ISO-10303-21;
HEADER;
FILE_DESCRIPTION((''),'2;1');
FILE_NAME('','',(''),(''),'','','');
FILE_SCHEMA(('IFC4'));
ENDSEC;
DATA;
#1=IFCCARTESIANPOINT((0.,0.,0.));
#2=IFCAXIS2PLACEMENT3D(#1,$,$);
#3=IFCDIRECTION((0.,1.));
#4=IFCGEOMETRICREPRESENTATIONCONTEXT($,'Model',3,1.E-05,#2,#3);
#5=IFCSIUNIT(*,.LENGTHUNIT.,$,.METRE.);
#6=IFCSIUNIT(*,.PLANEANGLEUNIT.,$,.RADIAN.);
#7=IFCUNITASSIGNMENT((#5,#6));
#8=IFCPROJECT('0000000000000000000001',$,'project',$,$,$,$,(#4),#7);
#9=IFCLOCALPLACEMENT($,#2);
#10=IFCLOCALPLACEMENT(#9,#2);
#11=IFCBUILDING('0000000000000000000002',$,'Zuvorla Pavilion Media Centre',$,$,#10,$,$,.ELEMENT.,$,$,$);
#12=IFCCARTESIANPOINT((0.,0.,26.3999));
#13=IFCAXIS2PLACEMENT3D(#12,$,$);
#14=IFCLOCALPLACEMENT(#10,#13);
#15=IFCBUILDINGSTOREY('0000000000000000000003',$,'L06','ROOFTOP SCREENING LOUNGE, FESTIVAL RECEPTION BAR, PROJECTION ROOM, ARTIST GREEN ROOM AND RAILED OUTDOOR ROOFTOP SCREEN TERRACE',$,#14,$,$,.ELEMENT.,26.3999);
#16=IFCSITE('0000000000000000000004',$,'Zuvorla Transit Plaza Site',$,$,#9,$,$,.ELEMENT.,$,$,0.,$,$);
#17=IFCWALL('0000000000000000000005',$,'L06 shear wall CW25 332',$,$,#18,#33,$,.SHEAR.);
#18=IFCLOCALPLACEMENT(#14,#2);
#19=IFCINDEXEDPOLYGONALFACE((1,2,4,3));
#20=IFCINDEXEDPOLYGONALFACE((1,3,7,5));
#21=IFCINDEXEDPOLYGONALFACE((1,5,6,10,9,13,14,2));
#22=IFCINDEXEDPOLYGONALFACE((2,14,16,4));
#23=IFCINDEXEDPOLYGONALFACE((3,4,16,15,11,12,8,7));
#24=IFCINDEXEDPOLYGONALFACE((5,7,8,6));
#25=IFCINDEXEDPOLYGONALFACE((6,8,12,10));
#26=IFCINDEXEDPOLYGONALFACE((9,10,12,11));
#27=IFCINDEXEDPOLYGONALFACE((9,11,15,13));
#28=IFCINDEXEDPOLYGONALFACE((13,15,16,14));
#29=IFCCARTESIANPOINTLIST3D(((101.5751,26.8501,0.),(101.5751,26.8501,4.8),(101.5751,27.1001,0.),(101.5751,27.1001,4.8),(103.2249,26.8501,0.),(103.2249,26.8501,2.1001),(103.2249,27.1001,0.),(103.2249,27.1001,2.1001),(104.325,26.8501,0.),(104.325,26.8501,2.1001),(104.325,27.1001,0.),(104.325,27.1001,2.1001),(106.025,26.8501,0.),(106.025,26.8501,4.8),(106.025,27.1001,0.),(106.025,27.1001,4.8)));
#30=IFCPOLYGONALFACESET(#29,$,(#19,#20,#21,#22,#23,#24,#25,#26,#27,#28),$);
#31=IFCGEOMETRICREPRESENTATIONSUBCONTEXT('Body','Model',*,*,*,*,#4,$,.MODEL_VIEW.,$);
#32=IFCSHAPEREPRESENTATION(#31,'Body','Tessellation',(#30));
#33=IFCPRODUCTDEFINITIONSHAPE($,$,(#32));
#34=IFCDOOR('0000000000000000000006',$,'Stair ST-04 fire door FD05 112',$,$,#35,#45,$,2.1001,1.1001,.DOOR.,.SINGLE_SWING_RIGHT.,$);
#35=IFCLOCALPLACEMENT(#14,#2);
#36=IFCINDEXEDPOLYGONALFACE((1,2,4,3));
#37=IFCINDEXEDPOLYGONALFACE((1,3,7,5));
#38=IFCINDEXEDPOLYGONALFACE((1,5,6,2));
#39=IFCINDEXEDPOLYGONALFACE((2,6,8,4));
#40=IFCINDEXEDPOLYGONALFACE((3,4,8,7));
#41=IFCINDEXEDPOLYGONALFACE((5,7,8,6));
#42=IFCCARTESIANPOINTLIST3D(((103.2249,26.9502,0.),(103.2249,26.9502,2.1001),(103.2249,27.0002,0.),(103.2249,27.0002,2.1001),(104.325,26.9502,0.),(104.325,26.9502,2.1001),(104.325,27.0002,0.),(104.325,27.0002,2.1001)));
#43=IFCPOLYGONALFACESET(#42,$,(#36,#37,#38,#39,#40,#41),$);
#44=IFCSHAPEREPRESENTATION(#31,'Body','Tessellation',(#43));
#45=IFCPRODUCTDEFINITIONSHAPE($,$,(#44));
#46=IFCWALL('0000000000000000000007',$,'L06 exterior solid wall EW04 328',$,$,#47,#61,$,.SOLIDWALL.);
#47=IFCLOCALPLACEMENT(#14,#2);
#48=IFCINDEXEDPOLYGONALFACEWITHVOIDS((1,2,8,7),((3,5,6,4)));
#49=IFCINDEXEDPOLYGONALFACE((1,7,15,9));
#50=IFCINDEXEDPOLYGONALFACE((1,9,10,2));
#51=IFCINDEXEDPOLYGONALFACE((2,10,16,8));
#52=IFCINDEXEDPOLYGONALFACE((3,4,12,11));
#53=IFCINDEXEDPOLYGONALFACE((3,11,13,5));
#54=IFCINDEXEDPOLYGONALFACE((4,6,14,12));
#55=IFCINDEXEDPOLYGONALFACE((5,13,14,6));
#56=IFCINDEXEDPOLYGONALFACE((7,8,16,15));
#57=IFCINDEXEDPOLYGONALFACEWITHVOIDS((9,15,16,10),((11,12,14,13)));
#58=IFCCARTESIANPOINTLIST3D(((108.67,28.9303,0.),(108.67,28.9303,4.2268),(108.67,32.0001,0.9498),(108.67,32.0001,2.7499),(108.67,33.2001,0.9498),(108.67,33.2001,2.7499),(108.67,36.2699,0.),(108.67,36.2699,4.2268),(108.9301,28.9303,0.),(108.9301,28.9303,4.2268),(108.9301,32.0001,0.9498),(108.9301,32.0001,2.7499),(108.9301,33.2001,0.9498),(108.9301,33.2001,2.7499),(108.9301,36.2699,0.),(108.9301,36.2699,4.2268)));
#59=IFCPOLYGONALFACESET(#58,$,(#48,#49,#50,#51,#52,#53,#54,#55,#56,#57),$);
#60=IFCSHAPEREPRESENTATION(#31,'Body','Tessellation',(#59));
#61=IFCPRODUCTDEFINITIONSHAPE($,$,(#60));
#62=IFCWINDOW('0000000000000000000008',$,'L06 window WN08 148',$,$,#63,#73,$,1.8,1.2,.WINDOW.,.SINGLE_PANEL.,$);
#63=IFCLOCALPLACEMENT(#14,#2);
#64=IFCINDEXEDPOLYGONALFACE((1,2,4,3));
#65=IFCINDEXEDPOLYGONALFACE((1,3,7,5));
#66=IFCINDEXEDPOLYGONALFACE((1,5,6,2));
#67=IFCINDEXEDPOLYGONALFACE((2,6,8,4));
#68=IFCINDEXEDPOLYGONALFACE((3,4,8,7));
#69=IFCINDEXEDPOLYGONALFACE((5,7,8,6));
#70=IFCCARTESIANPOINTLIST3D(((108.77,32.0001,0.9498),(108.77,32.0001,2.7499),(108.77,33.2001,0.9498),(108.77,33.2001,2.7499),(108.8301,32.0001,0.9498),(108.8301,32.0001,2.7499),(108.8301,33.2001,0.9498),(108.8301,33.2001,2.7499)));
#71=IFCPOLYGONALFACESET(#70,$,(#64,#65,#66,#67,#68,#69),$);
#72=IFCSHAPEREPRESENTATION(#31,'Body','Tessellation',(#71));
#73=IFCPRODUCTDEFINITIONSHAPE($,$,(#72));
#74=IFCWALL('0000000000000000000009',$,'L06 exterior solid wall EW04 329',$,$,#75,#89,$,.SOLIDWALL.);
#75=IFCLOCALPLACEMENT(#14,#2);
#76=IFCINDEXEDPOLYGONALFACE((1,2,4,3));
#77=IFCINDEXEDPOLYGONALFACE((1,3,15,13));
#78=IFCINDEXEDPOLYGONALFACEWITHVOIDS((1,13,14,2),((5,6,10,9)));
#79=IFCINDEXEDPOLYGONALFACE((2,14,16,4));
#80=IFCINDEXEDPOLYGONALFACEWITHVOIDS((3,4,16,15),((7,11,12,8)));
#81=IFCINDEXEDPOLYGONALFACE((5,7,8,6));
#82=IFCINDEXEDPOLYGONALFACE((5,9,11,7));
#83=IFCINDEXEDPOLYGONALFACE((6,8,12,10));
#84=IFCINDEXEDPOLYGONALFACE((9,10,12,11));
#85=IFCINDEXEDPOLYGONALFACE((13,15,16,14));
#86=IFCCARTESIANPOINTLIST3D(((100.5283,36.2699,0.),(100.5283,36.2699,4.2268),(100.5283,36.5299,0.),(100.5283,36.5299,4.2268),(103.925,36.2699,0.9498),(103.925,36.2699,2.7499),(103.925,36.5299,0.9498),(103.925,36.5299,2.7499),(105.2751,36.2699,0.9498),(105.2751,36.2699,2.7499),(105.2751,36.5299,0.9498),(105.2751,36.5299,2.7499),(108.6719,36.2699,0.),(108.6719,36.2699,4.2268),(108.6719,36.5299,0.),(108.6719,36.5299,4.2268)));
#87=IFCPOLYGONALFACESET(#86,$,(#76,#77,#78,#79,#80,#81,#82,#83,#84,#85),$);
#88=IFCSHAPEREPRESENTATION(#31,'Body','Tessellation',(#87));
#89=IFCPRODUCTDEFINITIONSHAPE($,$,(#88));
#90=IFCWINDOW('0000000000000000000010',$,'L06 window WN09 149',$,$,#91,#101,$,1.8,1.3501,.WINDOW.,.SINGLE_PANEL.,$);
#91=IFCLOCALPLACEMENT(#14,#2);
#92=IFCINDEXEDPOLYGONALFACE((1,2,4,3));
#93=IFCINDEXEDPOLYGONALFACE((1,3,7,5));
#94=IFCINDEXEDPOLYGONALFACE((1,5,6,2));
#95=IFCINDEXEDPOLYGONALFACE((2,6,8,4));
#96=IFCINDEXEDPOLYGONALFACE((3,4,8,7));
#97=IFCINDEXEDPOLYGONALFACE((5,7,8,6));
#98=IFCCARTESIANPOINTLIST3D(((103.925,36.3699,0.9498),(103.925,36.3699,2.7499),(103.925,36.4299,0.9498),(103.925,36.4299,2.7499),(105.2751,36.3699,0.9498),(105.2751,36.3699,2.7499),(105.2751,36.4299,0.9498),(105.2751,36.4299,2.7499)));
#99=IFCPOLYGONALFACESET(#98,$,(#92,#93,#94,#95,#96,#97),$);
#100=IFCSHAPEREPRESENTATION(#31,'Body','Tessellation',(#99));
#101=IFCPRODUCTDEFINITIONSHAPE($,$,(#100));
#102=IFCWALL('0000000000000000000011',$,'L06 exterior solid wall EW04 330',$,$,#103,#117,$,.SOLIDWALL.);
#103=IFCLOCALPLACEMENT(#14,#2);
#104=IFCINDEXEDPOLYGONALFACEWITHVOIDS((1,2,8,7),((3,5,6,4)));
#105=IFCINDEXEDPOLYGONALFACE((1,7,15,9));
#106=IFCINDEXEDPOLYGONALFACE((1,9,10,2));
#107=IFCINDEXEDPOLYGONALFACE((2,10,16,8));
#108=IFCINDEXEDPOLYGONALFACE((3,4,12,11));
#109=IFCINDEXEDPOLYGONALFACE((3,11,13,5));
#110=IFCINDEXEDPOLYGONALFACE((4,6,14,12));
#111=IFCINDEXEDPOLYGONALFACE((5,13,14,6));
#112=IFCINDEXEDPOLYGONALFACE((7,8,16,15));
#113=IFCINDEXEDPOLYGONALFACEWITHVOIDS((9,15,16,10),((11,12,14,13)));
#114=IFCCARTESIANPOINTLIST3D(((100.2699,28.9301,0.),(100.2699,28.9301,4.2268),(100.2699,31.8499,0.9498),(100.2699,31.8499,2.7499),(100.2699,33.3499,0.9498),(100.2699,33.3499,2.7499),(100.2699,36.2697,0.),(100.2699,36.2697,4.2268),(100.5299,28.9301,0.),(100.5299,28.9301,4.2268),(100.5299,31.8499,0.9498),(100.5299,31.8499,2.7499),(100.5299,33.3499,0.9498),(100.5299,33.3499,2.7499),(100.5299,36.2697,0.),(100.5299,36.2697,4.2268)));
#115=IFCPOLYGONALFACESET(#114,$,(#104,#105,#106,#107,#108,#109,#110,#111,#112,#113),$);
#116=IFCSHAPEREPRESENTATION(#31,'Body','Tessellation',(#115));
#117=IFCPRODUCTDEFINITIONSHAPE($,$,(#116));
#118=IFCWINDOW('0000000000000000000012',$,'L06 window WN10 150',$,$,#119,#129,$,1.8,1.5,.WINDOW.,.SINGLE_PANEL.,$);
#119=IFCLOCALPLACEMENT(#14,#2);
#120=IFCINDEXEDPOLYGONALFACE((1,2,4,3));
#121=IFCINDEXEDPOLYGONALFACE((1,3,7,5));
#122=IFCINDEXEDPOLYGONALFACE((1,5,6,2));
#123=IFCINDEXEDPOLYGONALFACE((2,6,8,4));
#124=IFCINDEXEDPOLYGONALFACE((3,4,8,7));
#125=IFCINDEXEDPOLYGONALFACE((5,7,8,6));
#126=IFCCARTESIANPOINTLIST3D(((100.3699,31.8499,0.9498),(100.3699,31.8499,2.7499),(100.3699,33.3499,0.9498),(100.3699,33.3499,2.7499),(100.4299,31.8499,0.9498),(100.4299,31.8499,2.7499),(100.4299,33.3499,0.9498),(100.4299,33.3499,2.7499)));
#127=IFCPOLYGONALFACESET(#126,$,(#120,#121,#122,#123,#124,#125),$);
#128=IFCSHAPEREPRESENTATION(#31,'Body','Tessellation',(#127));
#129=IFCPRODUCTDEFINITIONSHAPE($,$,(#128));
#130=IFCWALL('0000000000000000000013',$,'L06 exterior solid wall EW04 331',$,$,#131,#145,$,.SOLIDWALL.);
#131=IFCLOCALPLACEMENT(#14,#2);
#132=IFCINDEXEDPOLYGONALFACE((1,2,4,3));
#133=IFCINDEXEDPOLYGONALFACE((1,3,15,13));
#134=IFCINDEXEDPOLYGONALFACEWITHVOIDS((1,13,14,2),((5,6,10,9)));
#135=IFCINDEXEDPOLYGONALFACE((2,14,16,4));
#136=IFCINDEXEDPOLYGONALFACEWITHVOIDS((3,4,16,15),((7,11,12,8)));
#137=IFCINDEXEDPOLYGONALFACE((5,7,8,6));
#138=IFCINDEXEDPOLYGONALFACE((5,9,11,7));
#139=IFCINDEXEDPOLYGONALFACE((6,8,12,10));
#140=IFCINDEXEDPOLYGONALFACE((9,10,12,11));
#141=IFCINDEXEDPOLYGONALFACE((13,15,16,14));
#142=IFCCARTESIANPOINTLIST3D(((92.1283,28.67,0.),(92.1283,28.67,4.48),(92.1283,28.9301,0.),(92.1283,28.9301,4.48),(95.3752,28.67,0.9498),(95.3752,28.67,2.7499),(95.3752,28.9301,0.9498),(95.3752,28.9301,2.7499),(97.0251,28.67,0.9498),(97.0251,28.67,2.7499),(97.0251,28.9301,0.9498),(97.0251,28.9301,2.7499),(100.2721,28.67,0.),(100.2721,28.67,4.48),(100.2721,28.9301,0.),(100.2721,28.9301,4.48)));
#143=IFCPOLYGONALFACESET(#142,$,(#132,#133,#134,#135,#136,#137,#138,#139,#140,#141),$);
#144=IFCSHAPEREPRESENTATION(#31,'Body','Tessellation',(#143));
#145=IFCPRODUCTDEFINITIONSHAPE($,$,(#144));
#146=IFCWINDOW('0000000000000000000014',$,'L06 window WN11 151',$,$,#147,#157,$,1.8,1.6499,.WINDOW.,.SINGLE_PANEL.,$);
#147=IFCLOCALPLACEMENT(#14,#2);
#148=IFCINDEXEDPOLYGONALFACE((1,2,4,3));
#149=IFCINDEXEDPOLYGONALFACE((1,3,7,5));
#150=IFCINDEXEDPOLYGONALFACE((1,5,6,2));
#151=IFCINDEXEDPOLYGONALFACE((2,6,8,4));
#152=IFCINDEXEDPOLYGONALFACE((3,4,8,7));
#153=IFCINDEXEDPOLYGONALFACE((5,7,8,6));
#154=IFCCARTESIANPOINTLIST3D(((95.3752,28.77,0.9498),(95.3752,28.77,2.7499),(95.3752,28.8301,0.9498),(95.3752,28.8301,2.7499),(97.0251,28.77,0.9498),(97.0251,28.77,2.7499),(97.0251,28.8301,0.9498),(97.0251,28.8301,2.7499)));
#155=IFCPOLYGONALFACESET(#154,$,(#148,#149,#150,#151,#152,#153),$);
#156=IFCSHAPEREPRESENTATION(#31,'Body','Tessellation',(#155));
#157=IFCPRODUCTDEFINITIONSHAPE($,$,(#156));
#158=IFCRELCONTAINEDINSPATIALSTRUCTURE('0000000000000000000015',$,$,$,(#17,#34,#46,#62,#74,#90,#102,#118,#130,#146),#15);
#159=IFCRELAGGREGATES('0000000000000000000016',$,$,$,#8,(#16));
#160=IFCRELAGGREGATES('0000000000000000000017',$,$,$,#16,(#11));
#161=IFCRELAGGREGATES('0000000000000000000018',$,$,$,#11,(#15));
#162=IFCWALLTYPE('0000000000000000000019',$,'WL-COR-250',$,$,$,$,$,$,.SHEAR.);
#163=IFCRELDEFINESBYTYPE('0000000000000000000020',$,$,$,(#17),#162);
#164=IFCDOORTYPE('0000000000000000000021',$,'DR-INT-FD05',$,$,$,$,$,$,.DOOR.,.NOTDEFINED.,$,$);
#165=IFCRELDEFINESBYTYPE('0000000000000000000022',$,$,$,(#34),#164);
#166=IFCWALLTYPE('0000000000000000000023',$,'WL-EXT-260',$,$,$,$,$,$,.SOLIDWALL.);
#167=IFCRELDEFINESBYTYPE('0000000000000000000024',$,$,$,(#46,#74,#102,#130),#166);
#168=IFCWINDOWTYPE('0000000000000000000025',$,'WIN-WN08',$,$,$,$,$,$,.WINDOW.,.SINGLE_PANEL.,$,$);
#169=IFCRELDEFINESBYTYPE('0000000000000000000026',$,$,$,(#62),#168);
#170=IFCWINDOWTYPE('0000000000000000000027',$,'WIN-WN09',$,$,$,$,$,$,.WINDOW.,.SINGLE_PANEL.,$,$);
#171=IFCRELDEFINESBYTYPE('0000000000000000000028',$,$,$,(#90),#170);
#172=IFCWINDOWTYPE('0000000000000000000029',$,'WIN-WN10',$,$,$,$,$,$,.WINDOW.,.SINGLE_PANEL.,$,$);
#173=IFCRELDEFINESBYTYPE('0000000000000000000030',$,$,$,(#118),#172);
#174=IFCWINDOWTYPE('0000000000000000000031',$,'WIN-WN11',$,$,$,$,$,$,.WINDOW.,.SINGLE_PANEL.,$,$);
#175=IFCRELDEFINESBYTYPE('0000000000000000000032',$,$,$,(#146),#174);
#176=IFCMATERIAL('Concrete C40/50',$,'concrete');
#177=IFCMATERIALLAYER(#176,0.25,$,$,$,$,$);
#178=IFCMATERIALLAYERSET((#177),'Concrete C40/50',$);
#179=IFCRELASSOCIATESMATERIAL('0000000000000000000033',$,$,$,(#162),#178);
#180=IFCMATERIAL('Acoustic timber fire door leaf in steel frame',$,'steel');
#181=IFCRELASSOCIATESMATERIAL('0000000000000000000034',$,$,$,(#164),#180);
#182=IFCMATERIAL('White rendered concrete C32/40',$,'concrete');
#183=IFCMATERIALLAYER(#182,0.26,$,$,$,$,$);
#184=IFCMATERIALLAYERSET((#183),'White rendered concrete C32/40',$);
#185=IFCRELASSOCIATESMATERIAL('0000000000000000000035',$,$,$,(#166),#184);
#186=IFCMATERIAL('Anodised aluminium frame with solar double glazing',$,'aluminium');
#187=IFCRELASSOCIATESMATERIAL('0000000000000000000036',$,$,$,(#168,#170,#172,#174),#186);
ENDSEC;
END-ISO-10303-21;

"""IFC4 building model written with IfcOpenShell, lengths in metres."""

from ifc_helpers import new_model, si_unit, direction, frame, frame_2d, origin, place, context, subcontext, project, spatial, rectangle, extrude, material, layer, layer_set, type_object, element, fill, save


model = new_model("IFC4")

# Units and contexts
model_context = context("Model", 3, precision=1e-05, world=origin(), true_north=direction((0.0, 1.0)))
body_context = subcontext(model_context, "Body", "Model", "MODEL_VIEW")
ifc_project = project(units=[si_unit("LENGTHUNIT", "METRE"), si_unit("PLANEANGLEUNIT", "RADIAN")], contexts=[model_context])

# Site, building, storey
site_placement = place(None, origin())
site = spatial("IfcSite", under=ifc_project, at=site_placement, Name="Zuvorla Transit Plaza Site", CompositionType="ELEMENT", RefElevation=0.0)
building_placement = place(site_placement, origin())
building = spatial("IfcBuilding", under=site, at=building_placement, Name="Zuvorla Pavilion Media Centre", CompositionType="ELEMENT")
storey_placement = place(building_placement, frame((0.0, 0.0, 26.3999)))
storey = spatial("IfcBuildingStorey", under=building, at=storey_placement, Name="L06", Description="ROOFTOP SCREENING LOUNGE, FESTIVAL RECEPTION BAR, PROJECTION ROOM, ARTIST GREEN ROOM AND RAILED OUTDOOR ROOFTOP SCREEN TERRACE", CompositionType="ELEMENT", Elevation=26.3999)

# Shared definitions
ifc_material_1 = material(Name="Concrete C40/50", Category="concrete")

# Shared definitions
ifc_layer_1 = layer(ifc_material_1, 0.25)
ifc_layer_set_1 = layer_set([ifc_layer_1], Name="Concrete C40/50")
wall_type_1 = type_object("IfcWallType", Name="WL-COR-250", PredefinedType="SHEAR", material=ifc_layer_set_1)

# Wall, opening, door
wall_1_placement = place(storey_placement, frame((101.575, 26.9751, 0.0), z_axis=(0.0, 0.0, 1.0), x_axis=(1.0, 0.0, 0.0)))
wall_1 = element("IfcWall", 1, at=wall_1_placement, inside=storey, type_object=wall_type_1, Name="L06 shear wall CW25 332", PredefinedType="SHEAR", context=body_context, shape_type="SweptSolid", body=[
    extrude(rectangle(XDim=4.45, YDim=0.25, at=frame_2d((2.2251, 0.0))), origin(), (0.0, 0.0, 1.0), 4.8),
])
opening_1_placement = place(wall_1_placement, frame((1.6499, 0.0, 0.0)))
opening_1 = element("IfcOpeningElement", 2, at=opening_1_placement, cuts=wall_1, PredefinedType="OPENING", context=body_context, shape_type="SweptSolid", body=[
    extrude(rectangle(XDim=1.1001, YDim=2.1001, at=frame_2d((0.55, 1.05))), frame((0.0, 0.135, 0.0), z_axis=(0.0, -1.0, 0.0), x_axis=(1.0, 0.0, 0.0)), (0.0, 0.0, 1.0), 0.27),
])
ifc_material_2 = material(Name="Acoustic timber fire door leaf in steel frame", Category="steel")
door_type = type_object("IfcDoorType", Name="DR-INT-FD05", OperationType="NOTDEFINED", PredefinedType="DOOR", material=ifc_material_2)
door_placement = place(opening_1_placement, frame((1.1001, 0.0, 0.0), z_axis=(0.0, 0.0, 1.0), x_axis=(-1.0, 0.0, 0.0)))
door = element("IfcDoor", 3, at=door_placement, inside=storey, type_object=door_type, Name="Stair ST-04 fire door FD05 112", OperationType="SINGLE_SWING_RIGHT", OverallHeight=2.1001, OverallWidth=1.1001, PredefinedType="DOOR", context=body_context, shape_type="SweptSolid", body=[
    extrude(rectangle(XDim=1.1001, YDim=2.1001, at=frame_2d((0.55, 1.05))), frame((0.0, 0.0249, 0.0), z_axis=(0.0, -1.0, 0.0), x_axis=(1.0, 0.0, 0.0)), (0.0, 0.0, 1.0), 0.05),
])
fill(opening_1, door)

# Walls, openings, windows
ifc_material_3 = material(Name="White rendered concrete C32/40", Category="concrete")
ifc_layer_2 = layer(ifc_material_3, 0.26)
ifc_layer_set_2 = layer_set([ifc_layer_2], Name="White rendered concrete C32/40")
wall_type_2 = type_object("IfcWallType", Name="WL-EXT-260", PredefinedType="SOLIDWALL", material=ifc_layer_set_2)
wall_2_placement = place(storey_placement, frame((108.8, 28.9302, 0.0), z_axis=(0.0, 0.0, 1.0), x_axis=(0.0, 1.0, 0.0)))
wall_2 = element("IfcWall", 4, at=wall_2_placement, inside=storey, type_object=wall_type_2, Name="L06 exterior solid wall EW04 328", PredefinedType="SOLIDWALL", context=body_context, shape_type="SweptSolid", body=[
    extrude(rectangle(XDim=7.3396, YDim=0.26, at=frame_2d((3.6699, 0.0))), origin(), (0.0, 0.0, 1.0), 4.2268),
])
opening_2_placement = place(wall_2_placement, frame((3.0698, 0.0, 0.95)))
opening_2 = element("IfcOpeningElement", 5, at=opening_2_placement, cuts=wall_2, PredefinedType="OPENING", context=body_context, shape_type="SweptSolid", body=[
    extrude(rectangle(XDim=1.2, YDim=1.8, at=frame_2d((0.6001, 0.8999))), frame((0.0, 0.1399, 0.0), z_axis=(0.0, -1.0, 0.0), x_axis=(1.0, 0.0, 0.0)), (0.0, 0.0, 1.0), 0.28),
])
ifc_material_4 = material(Name="Anodised aluminium frame with solar double glazing", Category="aluminium")
window_type_1 = type_object("IfcWindowType", Name="WIN-WN08", PartitioningType="SINGLE_PANEL", PredefinedType="WINDOW", material=ifc_material_4)
window_1_placement = place(opening_2_placement, origin())
window_1 = element("IfcWindow", 6, at=window_1_placement, inside=storey, type_object=window_type_1, Name="L06 window WN08 148", OverallHeight=1.8, OverallWidth=1.2, PartitioningType="SINGLE_PANEL", PredefinedType="WINDOW", context=body_context, shape_type="SweptSolid", body=[
    extrude(rectangle(XDim=1.2, YDim=1.8, at=frame_2d((0.6001, 0.8999))), frame((0.0, 0.03, 0.0), z_axis=(0.0, -1.0, 0.0), x_axis=(1.0, 0.0, 0.0)), (0.0, 0.0, 1.0), 0.0601),
])
fill(opening_2, window_1)
wall_3_placement = place(storey_placement, frame((108.6719, 36.3999, 0.0), z_axis=(0.0, 0.0, 1.0), x_axis=(-1.0, 0.0, 0.0)))
wall_3 = element("IfcWall", 7, at=wall_3_placement, inside=storey, type_object=wall_type_2, Name="L06 exterior solid wall EW04 329", PredefinedType="SOLIDWALL", context=body_context, shape_type="SweptSolid", body=[
    extrude(rectangle(XDim=8.1436, YDim=0.26, at=frame_2d((4.0718, 0.0))), origin(), (0.0, 0.0, 1.0), 4.2268),
])
opening_3_placement = place(wall_3_placement, frame((3.3967, 0.0, 0.95)))
opening_3 = element("IfcOpeningElement", 8, at=opening_3_placement, cuts=wall_3, PredefinedType="OPENING", context=body_context, shape_type="SweptSolid", body=[
    extrude(rectangle(XDim=1.3501, YDim=1.8, at=frame_2d((0.675, 0.8999))), frame((0.0, 0.1399, 0.0), z_axis=(0.0, -1.0, 0.0), x_axis=(1.0, 0.0, 0.0)), (0.0, 0.0, 1.0), 0.28),
])
window_type_2 = type_object("IfcWindowType", Name="WIN-WN09", PartitioningType="SINGLE_PANEL", PredefinedType="WINDOW", material=ifc_material_4)
window_2_placement = place(opening_3_placement, origin())
window_2 = element("IfcWindow", 9, at=window_2_placement, inside=storey, type_object=window_type_2, Name="L06 window WN09 149", OverallHeight=1.8, OverallWidth=1.3501, PartitioningType="SINGLE_PANEL", PredefinedType="WINDOW", context=body_context, shape_type="SweptSolid", body=[
    extrude(rectangle(XDim=1.3501, YDim=1.8, at=frame_2d((0.675, 0.8999))), frame((0.0, 0.03, 0.0), z_axis=(0.0, -1.0, 0.0), x_axis=(1.0, 0.0, 0.0)), (0.0, 0.0, 1.0), 0.0601),
])
fill(opening_3, window_2)
wall_4_placement = place(storey_placement, frame((100.3999, 36.2698, 0.0), z_axis=(0.0, 0.0, 1.0), x_axis=(0.0, -1.0, 0.0)))
wall_4 = element("IfcWall", 10, at=wall_4_placement, inside=storey, type_object=wall_type_2, Name="L06 exterior solid wall EW04 330", PredefinedType="SOLIDWALL", context=body_context, shape_type="SweptSolid", body=[
    extrude(rectangle(XDim=7.3396, YDim=0.26, at=frame_2d((3.6699, 0.0))), origin(), (0.0, 0.0, 1.0), 4.2268),
])
opening_4_placement = place(wall_4_placement, frame((2.9199, 0.0, 0.95)))
opening_4 = element("IfcOpeningElement", 11, at=opening_4_placement, cuts=wall_4, PredefinedType="OPENING", context=body_context, shape_type="SweptSolid", body=[
    extrude(rectangle(XDim=1.5, YDim=1.8, at=frame_2d((0.75, 0.8999))), frame((0.0, 0.1399, 0.0), z_axis=(0.0, -1.0, 0.0), x_axis=(1.0, 0.0, 0.0)), (0.0, 0.0, 1.0), 0.28),
])
window_type_3 = type_object("IfcWindowType", Name="WIN-WN10", PartitioningType="SINGLE_PANEL", PredefinedType="WINDOW", material=ifc_material_4)
window_3_placement = place(opening_4_placement, origin())
window_3 = element("IfcWindow", 12, at=window_3_placement, inside=storey, type_object=window_type_3, Name="L06 window WN10 150", OverallHeight=1.8, OverallWidth=1.5, PartitioningType="SINGLE_PANEL", PredefinedType="WINDOW", context=body_context, shape_type="SweptSolid", body=[
    extrude(rectangle(XDim=1.5, YDim=1.8, at=frame_2d((0.75, 0.8999))), frame((0.0, 0.03, 0.0), z_axis=(0.0, -1.0, 0.0), x_axis=(1.0, 0.0, 0.0)), (0.0, 0.0, 1.0), 0.0601),
])
fill(opening_4, window_3)
wall_5_placement = place(storey_placement, frame((100.272, 28.8, 0.0), z_axis=(0.0, 0.0, 1.0), x_axis=(-1.0, 0.0, 0.0)))
wall_5 = element("IfcWall", 13, at=wall_5_placement, inside=storey, type_object=wall_type_2, Name="L06 exterior solid wall EW04 331", PredefinedType="SOLIDWALL", context=body_context, shape_type="SweptSolid", body=[
    extrude(rectangle(XDim=8.1438, YDim=0.26, at=frame_2d((4.0718, 0.0))), origin(), (0.0, 0.0, 1.0), 4.48),
])
opening_5_placement = place(wall_5_placement, frame((3.2468, 0.0, 0.95)))
opening_5 = element("IfcOpeningElement", 14, at=opening_5_placement, cuts=wall_5, PredefinedType="OPENING", context=body_context, shape_type="SweptSolid", body=[
    extrude(rectangle(XDim=1.6499, YDim=1.8, at=frame_2d((0.825, 0.8999))), frame((0.0, 0.1399, 0.0), z_axis=(0.0, -1.0, 0.0), x_axis=(1.0, 0.0, 0.0)), (0.0, 0.0, 1.0), 0.28),
])
window_type_4 = type_object("IfcWindowType", Name="WIN-WN11", PartitioningType="SINGLE_PANEL", PredefinedType="WINDOW", material=ifc_material_4)
window_4_placement = place(opening_5_placement, origin())
window_4 = element("IfcWindow", 15, at=window_4_placement, inside=storey, type_object=window_type_4, Name="L06 window WN11 151", OverallHeight=1.8, OverallWidth=1.6499, PartitioningType="SINGLE_PANEL", PredefinedType="WINDOW", context=body_context, shape_type="SweptSolid", body=[
    extrude(rectangle(XDim=1.6499, YDim=1.8, at=frame_2d((0.825, 0.8999))), frame((0.0, 0.03, 0.0), z_axis=(0.0, -1.0, 0.0), x_axis=(1.0, 0.0, 0.0)), (0.0, 0.0, 1.0), 0.0601),
])
fill(opening_5, window_4)

save(model, "model.ifc")
